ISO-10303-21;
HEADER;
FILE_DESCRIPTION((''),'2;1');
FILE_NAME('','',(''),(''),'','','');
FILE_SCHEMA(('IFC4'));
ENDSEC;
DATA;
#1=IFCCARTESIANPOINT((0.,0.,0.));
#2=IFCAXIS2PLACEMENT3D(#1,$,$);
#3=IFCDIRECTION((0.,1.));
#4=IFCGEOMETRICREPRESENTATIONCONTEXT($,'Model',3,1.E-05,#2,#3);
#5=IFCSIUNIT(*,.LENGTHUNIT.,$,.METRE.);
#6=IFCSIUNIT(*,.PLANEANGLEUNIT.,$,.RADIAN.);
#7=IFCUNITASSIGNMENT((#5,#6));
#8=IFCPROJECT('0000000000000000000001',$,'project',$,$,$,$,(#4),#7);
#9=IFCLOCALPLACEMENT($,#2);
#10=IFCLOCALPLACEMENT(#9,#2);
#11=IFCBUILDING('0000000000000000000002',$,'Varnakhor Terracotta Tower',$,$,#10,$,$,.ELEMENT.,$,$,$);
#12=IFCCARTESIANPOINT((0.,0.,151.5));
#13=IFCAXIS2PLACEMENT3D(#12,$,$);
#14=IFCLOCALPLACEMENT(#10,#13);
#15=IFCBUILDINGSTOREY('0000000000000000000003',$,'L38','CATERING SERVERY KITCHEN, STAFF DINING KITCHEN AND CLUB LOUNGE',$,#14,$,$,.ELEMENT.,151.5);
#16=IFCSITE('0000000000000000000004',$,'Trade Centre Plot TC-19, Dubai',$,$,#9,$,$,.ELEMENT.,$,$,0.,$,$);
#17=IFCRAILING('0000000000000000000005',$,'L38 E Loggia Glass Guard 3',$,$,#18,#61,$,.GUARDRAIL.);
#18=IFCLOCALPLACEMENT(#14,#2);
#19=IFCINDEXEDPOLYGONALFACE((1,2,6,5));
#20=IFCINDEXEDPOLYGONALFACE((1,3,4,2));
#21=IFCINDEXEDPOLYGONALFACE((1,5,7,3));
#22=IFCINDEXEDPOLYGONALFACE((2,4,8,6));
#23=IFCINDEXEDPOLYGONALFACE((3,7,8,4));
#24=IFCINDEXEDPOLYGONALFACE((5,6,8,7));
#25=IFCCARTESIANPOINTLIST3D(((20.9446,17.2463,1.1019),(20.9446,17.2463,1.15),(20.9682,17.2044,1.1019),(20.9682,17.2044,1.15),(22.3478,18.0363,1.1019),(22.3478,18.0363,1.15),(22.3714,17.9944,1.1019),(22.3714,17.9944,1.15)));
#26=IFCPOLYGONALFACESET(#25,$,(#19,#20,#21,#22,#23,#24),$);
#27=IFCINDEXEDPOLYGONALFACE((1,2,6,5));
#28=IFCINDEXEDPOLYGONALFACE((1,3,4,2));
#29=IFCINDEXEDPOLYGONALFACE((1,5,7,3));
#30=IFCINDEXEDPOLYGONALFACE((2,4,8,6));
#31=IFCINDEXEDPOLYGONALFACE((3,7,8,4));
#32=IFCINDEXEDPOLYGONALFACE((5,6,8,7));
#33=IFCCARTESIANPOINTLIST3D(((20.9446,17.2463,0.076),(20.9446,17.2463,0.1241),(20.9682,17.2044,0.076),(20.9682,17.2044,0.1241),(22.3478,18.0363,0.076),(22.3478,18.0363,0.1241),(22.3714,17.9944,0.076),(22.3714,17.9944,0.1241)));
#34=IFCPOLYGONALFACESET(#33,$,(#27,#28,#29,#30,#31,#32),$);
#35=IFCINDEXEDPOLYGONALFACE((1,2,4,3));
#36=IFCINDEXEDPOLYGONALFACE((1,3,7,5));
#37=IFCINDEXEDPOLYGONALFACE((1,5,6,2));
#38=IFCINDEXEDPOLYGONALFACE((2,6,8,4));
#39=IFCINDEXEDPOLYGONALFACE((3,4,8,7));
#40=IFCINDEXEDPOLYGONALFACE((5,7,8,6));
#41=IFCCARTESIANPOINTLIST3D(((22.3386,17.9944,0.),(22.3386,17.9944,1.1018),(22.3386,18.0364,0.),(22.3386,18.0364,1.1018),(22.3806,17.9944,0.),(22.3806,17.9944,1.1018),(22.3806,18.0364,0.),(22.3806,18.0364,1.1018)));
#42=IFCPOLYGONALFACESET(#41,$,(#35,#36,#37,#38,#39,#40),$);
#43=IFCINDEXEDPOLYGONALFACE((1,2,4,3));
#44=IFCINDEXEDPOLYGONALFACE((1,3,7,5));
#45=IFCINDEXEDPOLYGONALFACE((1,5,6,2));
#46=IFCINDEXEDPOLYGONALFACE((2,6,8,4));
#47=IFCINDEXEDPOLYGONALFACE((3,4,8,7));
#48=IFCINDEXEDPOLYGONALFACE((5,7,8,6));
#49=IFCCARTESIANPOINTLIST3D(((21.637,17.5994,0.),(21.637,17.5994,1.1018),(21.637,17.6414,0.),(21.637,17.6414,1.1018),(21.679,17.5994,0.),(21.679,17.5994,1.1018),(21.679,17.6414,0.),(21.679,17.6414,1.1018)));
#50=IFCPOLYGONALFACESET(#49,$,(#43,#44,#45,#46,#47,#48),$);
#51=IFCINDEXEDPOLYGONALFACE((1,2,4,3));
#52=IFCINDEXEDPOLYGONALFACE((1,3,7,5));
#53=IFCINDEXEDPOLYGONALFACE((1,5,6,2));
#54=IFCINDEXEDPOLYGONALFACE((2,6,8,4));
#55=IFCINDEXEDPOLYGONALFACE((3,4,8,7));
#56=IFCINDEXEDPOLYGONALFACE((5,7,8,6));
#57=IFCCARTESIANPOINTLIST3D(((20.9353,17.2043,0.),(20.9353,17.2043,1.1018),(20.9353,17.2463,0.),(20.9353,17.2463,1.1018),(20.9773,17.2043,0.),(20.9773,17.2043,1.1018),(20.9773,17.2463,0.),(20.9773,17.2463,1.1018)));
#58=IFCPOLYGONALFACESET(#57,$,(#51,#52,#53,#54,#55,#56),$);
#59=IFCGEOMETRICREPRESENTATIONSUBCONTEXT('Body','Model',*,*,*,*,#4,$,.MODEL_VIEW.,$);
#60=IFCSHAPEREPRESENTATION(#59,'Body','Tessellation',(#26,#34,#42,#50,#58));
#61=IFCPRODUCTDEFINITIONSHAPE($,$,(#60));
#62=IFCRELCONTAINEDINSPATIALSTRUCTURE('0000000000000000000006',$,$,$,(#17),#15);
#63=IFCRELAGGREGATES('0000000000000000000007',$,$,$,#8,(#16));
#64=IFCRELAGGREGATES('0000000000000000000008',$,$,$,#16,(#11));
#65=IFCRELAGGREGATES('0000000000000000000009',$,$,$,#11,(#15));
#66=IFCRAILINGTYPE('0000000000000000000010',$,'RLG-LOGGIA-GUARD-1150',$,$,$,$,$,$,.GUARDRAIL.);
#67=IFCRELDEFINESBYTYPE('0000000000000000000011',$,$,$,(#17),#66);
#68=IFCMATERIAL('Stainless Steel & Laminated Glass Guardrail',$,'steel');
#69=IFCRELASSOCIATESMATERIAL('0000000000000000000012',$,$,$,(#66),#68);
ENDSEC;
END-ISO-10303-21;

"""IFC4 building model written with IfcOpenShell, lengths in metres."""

from ifc_helpers import new_model, si_unit, direction, frame, origin, origin_2d, place, context, subcontext, project, spatial, rectangle, extrude, material, type_object, element, save


model = new_model("IFC4")

# Units and contexts
model_context = context("Model", 3, precision=1e-05, world=origin(), true_north=direction((0.0, 1.0)))
body_context = subcontext(model_context, "Body", "Model", "MODEL_VIEW")
ifc_project = project(units=[si_unit("LENGTHUNIT", "METRE"), si_unit("PLANEANGLEUNIT", "RADIAN")], contexts=[model_context])

# Site, building, storey
site_placement = place(None, origin())
site = spatial("IfcSite", under=ifc_project, at=site_placement, Name="Trade Centre Plot TC-19, Dubai", CompositionType="ELEMENT", RefElevation=0.0)
building_placement = place(site_placement, origin())
building = spatial("IfcBuilding", under=site, at=building_placement, Name="Varnakhor Terracotta Tower", CompositionType="ELEMENT")
storey_placement = place(building_placement, frame((0.0, 0.0, 151.5)))
storey = spatial("IfcBuildingStorey", under=building, at=storey_placement, Name="L38", Description="CATERING SERVERY KITCHEN, STAFF DINING KITCHEN AND CLUB LOUNGE", CompositionType="ELEMENT", Elevation=151.5)

# Railing
ifc_material_1 = material(Name="Stainless Steel & Laminated Glass Guardrail", Category="steel")
railing_type = type_object("IfcRailingType", Name="RLG-LOGGIA-GUARD-1150", PredefinedType="GUARDRAIL", material=ifc_material_1)
railing_placement = place(storey_placement, frame((22.3596, 18.0154, 0.0)))
element("IfcRailing", 1, at=railing_placement, inside=storey, type_object=railing_type, Name="L38 E Loggia Glass Guard 3", PredefinedType="GUARDRAIL", context=body_context, shape_type="SweptSolid", body=[
    extrude(rectangle(XDim=0.0481, YDim=0.0481, at=origin_2d()), frame((0.0, 0.0, 1.126), z_axis=(-0.871397, -0.490578, 0.0), x_axis=(0.490578, -0.871397, 0.0)), (0.0, 0.0, 1.0), 1.6104),
    extrude(rectangle(XDim=0.0481, YDim=0.0481, at=origin_2d()), frame((0.0, 0.0, 0.1001), z_axis=(-0.871397, -0.490578, 0.0), x_axis=(0.490578, -0.871397, 0.0)), (0.0, 0.0, 1.0), 1.6104),
    extrude(rectangle(XDim=0.042, YDim=0.042, at=origin_2d()), origin(), (0.0, 0.0, 1.0), 1.1018),
    extrude(rectangle(XDim=0.042, YDim=0.042, at=origin_2d()), frame((-0.7017, -0.395, 0.0)), (0.0, 0.0, 1.0), 1.1018),
    extrude(rectangle(XDim=0.042, YDim=0.042, at=origin_2d()), frame((-1.4033, -0.79, 0.0)), (0.0, 0.0, 1.0), 1.1018),
])

save(model, "model.ifc")
